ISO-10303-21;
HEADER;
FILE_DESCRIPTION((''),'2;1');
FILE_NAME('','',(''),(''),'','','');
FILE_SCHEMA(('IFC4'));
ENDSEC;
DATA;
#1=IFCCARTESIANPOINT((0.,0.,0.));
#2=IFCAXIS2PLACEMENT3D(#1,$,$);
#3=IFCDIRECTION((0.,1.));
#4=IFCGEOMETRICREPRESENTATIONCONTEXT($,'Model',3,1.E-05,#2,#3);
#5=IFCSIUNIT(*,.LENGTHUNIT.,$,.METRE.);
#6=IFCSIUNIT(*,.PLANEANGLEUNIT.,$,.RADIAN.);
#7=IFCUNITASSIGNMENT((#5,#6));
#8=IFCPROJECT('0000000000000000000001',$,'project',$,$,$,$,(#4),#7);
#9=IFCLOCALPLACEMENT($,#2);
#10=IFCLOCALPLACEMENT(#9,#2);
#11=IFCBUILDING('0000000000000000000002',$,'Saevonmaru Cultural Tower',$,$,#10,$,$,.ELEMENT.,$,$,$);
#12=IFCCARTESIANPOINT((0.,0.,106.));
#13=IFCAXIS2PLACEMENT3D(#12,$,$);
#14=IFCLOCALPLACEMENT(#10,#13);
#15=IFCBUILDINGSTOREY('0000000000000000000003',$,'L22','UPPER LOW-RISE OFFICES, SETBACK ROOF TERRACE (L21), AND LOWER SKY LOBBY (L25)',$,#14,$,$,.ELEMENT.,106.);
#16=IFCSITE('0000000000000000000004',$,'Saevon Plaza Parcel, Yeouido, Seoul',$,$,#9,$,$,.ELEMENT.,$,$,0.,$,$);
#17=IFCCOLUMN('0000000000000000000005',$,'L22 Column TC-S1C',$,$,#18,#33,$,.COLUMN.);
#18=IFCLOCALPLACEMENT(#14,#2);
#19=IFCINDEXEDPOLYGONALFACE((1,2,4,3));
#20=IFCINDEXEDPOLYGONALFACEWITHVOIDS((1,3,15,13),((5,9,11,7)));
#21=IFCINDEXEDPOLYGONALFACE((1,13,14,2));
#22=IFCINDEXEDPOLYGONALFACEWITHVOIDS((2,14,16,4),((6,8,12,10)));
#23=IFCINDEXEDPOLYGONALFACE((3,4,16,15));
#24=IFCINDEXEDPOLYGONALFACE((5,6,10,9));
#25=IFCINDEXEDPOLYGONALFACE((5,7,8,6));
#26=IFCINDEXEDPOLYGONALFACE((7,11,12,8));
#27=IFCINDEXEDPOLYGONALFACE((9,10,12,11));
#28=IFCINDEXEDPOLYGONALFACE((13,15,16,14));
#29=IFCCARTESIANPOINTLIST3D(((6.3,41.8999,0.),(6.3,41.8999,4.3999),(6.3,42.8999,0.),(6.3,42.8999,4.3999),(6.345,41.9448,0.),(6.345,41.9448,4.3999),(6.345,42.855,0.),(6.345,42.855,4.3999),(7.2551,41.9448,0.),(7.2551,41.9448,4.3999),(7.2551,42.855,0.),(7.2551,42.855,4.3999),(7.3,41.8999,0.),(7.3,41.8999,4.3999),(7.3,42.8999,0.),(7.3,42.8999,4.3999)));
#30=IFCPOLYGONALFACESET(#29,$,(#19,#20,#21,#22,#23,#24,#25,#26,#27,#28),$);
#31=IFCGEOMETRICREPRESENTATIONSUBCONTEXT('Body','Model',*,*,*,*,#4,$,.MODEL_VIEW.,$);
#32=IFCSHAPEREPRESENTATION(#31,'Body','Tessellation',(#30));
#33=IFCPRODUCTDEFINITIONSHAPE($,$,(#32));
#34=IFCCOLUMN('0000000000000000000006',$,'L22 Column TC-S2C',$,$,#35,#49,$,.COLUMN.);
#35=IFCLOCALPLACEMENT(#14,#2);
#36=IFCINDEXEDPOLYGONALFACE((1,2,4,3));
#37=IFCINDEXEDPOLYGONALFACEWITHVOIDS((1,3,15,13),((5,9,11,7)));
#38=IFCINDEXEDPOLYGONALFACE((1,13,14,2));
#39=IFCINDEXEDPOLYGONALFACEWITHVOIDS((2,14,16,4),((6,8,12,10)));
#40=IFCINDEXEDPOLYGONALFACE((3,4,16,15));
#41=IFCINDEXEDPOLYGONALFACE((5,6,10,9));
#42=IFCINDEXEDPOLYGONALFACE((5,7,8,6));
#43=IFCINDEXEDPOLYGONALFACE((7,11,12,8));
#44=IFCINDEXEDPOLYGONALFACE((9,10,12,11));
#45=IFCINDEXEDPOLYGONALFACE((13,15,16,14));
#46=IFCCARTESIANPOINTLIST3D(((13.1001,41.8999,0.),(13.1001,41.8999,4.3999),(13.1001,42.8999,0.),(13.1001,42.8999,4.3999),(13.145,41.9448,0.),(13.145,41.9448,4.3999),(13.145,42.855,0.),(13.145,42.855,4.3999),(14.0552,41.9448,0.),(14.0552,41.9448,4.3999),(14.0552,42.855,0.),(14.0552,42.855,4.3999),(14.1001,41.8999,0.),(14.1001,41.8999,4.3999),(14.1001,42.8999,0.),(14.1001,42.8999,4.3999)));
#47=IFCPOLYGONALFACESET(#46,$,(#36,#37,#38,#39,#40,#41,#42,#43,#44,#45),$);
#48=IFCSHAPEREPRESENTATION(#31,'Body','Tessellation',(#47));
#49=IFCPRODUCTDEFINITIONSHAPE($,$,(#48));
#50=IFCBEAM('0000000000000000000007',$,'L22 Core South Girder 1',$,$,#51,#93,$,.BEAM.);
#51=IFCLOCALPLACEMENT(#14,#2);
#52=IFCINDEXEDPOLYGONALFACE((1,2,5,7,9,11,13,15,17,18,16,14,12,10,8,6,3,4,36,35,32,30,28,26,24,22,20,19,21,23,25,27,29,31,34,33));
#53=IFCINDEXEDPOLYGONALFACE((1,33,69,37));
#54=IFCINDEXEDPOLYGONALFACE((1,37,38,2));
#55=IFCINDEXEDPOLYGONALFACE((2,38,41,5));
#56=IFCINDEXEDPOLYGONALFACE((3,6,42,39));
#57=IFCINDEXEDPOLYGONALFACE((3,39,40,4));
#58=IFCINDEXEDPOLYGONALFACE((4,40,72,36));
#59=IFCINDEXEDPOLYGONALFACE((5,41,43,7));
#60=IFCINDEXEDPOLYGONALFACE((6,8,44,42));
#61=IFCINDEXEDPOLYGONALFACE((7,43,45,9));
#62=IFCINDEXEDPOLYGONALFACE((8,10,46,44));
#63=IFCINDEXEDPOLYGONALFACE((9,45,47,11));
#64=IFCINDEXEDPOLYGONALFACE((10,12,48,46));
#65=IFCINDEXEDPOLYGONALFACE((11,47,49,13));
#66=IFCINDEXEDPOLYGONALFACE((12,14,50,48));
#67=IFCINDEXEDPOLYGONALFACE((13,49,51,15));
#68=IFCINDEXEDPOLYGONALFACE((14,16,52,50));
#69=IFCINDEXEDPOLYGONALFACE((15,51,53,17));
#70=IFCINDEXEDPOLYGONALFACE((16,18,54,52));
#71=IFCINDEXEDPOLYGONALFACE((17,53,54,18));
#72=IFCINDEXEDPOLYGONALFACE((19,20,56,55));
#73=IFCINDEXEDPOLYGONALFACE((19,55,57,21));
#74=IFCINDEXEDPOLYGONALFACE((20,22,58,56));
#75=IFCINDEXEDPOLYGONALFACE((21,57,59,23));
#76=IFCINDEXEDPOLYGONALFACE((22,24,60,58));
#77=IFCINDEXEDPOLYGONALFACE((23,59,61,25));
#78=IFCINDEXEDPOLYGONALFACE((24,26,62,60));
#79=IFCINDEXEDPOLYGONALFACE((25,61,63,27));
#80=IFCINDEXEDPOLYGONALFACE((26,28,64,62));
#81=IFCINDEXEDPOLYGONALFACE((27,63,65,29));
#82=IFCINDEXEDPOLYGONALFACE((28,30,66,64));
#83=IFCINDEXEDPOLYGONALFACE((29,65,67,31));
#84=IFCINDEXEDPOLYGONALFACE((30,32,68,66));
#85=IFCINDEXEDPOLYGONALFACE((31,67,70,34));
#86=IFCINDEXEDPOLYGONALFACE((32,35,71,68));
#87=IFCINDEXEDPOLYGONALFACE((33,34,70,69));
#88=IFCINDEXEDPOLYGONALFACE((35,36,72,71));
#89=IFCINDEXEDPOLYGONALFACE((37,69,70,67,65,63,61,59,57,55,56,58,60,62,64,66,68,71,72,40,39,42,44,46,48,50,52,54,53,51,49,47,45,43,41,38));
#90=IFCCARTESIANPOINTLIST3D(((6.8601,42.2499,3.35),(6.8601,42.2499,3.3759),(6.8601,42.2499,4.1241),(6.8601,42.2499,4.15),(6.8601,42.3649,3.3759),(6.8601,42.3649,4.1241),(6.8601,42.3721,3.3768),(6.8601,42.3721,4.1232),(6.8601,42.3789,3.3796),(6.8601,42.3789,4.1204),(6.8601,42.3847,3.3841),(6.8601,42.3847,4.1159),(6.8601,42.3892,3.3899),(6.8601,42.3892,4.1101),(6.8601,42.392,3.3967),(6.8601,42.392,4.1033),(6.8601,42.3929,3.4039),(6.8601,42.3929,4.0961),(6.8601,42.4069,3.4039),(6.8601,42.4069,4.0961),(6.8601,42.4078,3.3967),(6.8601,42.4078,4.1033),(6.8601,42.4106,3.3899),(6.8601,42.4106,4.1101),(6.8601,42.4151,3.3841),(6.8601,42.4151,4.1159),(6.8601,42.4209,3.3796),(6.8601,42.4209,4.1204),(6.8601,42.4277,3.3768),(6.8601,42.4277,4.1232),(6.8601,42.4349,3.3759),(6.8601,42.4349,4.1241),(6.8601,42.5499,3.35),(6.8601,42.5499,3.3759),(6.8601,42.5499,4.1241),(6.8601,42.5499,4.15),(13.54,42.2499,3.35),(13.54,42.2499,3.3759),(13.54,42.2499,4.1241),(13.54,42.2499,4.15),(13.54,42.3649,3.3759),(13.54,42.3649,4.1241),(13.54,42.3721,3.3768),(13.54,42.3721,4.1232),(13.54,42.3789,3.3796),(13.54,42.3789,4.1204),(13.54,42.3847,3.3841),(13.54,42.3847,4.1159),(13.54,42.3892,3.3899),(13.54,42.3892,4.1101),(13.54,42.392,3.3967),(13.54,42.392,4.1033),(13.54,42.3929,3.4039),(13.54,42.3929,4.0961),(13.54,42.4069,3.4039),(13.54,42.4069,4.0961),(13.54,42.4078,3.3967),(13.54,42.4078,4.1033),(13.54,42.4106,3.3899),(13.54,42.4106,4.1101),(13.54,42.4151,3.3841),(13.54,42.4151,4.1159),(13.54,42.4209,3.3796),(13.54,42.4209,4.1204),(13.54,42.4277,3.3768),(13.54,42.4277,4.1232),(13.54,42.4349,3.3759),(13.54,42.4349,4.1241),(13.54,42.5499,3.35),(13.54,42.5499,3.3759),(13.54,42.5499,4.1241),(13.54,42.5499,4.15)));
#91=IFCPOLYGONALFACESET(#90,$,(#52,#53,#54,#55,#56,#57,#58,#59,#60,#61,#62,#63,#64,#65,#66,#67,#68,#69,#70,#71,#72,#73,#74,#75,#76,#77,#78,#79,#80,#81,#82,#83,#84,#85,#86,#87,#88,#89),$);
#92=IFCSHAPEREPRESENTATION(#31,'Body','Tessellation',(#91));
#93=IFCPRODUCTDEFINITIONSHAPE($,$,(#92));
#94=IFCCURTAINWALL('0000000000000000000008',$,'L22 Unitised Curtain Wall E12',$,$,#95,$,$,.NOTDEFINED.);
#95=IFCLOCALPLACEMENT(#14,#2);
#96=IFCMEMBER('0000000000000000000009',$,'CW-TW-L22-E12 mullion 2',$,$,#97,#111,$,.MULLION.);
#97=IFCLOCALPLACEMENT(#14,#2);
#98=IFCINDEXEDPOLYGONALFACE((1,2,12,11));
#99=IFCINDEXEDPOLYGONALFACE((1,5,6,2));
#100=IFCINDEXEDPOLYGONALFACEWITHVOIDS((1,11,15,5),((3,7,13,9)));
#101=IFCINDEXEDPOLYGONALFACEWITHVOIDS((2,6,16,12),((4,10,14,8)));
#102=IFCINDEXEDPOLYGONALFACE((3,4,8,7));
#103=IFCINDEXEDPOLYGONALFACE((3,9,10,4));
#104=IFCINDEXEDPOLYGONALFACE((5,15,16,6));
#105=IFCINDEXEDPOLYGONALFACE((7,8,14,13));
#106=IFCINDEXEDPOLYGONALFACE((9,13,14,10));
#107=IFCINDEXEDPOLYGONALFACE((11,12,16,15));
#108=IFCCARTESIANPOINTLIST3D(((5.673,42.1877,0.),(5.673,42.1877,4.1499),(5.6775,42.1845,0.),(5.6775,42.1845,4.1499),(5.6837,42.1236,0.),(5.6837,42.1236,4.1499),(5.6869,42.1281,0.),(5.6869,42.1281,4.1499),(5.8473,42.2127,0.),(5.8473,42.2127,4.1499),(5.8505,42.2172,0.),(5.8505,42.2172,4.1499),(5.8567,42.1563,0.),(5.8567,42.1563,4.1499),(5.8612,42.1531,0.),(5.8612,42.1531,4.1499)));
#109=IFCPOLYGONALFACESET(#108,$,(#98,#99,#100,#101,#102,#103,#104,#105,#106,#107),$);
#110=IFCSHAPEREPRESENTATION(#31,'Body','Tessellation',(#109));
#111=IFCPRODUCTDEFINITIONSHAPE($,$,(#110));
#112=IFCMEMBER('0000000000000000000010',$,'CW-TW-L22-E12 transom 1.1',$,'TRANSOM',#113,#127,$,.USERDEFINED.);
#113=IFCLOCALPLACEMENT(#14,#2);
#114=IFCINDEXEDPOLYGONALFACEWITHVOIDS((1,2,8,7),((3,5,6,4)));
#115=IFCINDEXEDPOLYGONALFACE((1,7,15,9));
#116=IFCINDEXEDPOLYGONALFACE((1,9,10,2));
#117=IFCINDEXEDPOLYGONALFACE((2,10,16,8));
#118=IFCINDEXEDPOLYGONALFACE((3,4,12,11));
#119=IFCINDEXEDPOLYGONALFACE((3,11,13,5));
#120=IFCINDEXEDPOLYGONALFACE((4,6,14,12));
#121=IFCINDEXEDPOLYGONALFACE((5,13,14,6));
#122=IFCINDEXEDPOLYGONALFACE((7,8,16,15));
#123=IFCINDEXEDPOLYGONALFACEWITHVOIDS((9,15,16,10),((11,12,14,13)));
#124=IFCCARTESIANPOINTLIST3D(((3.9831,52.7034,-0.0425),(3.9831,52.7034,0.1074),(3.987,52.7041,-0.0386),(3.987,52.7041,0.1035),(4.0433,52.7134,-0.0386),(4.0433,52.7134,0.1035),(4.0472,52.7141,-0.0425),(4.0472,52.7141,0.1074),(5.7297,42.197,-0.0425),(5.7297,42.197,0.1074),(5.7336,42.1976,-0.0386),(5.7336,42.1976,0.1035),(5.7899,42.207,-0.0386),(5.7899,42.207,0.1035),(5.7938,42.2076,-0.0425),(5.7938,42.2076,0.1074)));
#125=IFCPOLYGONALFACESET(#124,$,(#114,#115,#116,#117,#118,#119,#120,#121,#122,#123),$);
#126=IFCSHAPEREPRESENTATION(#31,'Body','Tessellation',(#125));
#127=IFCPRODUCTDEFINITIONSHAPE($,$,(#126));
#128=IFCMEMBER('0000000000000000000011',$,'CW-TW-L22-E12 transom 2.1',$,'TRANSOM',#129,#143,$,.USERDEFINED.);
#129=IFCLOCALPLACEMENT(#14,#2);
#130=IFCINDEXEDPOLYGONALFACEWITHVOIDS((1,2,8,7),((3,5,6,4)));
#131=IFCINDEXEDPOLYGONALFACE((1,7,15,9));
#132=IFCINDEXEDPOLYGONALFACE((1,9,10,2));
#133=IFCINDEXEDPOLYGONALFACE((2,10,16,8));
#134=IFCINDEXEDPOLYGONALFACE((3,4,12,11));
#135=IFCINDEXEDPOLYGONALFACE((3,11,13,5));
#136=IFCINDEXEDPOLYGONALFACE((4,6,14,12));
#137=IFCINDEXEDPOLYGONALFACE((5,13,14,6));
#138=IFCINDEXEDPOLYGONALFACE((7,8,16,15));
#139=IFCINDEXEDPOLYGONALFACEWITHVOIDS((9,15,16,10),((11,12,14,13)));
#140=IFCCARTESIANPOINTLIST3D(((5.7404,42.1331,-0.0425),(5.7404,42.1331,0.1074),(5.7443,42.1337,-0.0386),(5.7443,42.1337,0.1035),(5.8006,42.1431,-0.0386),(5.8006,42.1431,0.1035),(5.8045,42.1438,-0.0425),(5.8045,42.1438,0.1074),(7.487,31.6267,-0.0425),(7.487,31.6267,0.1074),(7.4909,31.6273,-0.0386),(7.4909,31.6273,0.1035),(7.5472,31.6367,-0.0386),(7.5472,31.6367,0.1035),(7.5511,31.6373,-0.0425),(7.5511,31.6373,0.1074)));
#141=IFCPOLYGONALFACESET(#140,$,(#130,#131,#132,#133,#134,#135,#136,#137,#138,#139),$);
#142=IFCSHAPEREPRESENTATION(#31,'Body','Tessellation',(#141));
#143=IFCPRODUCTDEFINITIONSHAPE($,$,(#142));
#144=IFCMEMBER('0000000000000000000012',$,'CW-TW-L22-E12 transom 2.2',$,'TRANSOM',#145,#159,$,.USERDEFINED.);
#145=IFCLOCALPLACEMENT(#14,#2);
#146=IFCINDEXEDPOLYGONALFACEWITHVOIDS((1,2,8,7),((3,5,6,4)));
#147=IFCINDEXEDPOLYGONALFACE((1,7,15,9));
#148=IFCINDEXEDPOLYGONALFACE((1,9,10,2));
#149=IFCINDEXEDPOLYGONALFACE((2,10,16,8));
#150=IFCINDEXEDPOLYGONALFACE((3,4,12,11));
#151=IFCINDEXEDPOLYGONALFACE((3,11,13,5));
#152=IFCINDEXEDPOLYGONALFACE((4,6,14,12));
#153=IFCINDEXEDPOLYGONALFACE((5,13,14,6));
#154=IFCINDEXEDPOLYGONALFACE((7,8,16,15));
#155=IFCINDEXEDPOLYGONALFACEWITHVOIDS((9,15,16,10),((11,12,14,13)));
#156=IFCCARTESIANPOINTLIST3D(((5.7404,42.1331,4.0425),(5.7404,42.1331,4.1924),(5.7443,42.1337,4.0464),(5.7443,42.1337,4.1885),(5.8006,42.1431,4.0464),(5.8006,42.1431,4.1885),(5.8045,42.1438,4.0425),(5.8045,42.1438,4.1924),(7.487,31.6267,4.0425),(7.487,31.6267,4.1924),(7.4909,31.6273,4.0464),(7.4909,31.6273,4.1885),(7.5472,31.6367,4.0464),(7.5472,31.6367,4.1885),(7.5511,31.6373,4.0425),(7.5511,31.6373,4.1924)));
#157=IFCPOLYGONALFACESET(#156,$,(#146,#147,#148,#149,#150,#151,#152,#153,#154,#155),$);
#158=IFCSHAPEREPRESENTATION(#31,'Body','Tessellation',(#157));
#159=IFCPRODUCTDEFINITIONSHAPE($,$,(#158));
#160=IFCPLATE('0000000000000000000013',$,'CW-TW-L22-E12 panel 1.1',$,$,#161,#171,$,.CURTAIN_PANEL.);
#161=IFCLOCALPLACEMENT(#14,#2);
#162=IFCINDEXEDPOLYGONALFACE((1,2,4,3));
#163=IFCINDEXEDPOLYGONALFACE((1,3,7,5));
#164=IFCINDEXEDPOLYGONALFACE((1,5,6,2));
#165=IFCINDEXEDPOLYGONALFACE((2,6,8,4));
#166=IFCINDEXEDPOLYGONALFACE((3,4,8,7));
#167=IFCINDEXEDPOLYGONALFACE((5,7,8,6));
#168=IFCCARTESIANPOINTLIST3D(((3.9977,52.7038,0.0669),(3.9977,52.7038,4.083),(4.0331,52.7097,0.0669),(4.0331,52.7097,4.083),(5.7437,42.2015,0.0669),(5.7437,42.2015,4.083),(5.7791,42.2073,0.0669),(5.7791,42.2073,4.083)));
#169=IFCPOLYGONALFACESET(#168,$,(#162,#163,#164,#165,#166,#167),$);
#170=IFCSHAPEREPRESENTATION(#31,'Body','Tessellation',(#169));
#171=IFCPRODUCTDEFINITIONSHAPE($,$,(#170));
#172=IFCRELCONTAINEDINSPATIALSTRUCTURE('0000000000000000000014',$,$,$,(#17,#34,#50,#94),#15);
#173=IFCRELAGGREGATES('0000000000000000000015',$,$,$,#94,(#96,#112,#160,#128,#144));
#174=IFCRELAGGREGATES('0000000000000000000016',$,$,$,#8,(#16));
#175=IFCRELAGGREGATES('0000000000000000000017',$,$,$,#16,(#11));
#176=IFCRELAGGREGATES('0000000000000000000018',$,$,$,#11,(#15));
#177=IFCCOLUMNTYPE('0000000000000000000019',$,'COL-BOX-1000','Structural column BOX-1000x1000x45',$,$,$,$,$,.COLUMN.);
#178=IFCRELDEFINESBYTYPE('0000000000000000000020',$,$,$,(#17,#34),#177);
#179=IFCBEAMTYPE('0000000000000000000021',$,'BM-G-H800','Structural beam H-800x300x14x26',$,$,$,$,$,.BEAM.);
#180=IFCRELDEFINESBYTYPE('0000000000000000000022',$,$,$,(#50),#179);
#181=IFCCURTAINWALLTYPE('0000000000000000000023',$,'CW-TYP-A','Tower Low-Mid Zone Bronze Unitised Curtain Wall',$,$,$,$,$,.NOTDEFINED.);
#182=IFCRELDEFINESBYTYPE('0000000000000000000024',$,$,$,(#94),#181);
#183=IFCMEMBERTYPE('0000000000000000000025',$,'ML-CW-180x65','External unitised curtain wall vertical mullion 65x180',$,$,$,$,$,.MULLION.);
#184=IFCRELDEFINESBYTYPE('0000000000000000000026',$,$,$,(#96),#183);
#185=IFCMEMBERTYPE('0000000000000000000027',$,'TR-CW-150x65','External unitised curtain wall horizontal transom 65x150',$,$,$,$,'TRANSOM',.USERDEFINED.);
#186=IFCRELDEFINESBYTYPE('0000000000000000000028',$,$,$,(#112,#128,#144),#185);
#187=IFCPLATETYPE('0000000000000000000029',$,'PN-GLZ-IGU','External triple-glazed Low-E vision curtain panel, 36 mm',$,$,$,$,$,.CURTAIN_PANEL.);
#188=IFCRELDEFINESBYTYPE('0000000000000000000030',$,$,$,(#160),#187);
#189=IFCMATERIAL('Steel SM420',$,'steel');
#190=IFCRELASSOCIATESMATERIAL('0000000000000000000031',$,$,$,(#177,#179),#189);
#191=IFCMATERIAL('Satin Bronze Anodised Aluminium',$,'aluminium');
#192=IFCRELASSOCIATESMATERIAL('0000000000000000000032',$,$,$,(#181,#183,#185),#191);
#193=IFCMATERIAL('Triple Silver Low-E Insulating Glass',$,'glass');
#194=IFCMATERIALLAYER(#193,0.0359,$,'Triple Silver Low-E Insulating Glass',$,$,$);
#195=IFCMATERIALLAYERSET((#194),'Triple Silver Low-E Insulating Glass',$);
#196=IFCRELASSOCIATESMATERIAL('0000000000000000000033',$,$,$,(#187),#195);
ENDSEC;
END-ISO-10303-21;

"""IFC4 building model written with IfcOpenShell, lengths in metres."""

from ifc_helpers import new_model, si_unit, direction, frame, origin, origin_2d, place, context, subcontext, project, spatial, rectangle, hollow_rectangle, i_section, extrude, material, layer, layer_set, material_profile, profile_set, type_object, element, aggregate, save


model = new_model("IFC4")

# Units and contexts
model_context = context("Model", 3, precision=1e-05, world=origin(), true_north=direction((0.0, 1.0)))
body_context = subcontext(model_context, "Body", "Model", "MODEL_VIEW")
ifc_project = project(units=[si_unit("LENGTHUNIT", "METRE"), si_unit("PLANEANGLEUNIT", "RADIAN")], contexts=[model_context])

# Site, building, storey
site_placement = place(None, origin())
site = spatial("IfcSite", under=ifc_project, at=site_placement, Name="Saevon Plaza Parcel, Yeouido, Seoul", CompositionType="ELEMENT", RefElevation=0.0)
building_placement = place(site_placement, origin())
building = spatial("IfcBuilding", under=site, at=building_placement, Name="Saevonmaru Cultural Tower", CompositionType="ELEMENT")
storey_placement = place(building_placement, frame((0.0, 0.0, 106.0)))
storey = spatial("IfcBuildingStorey", under=building, at=storey_placement, Name="L22", Description="UPPER LOW-RISE OFFICES, SETBACK ROOF TERRACE (L21), AND LOWER SKY LOBBY (L25)", CompositionType="ELEMENT", Elevation=106.0)

# Columns
ifc_material_1 = material(Name="Steel SM420", Category="steel")
ifc_material_profile_1 = material_profile(ifc_material_1, hollow_rectangle(XDim=1.0, YDim=1.0, WallThickness=0.0449, at=origin_2d()), Name="BOX-1000x1000x45")
ifc_profile_set_1 = profile_set([ifc_material_profile_1], Name="Steel SM420")
column_type = type_object("IfcColumnType", Name="COL-BOX-1000", Description="Structural column BOX-1000x1000x45", PredefinedType="COLUMN", material=ifc_profile_set_1)
for number, where, z_axis, x_axis, name in (
    (1, (6.8, 42.3999, 0.0), (0.0, 0.0, 1.0), (1.0, 0.0, 0.0), "L22 Column TC-S1C"),
    (2, (13.6001, 42.3999, 0.0), (0.0, 0.0, 1.0), (1.0, 0.0, 0.0), "L22 Column TC-S2C"),
):
    element("IfcColumn", number, at=place(storey_placement, frame(where, z_axis=z_axis, x_axis=x_axis)), inside=storey, type_object=column_type, Name=name, PredefinedType="COLUMN", context=body_context, shape_type="SweptSolid", body=[
        extrude(hollow_rectangle(XDim=1.0, YDim=1.0, WallThickness=0.0449, at=origin_2d()), origin(), (0.0, 0.0, 1.0), 4.3999),
    ])

# Beam
ifc_material_profile_2 = material_profile(ifc_material_1, i_section(OverallWidth=0.3, OverallDepth=0.8, WebThickness=0.0139, FlangeThickness=0.0259, FilletRadius=0.0281, at=origin_2d()), Name="H-800x300x14x26")
ifc_profile_set_2 = profile_set([ifc_material_profile_2], Name="Steel SM420")
beam_type = type_object("IfcBeamType", Name="BM-G-H800", Description="Structural beam H-800x300x14x26", PredefinedType="BEAM", material=ifc_profile_set_2)
beam_placement = place(storey_placement, frame((6.8601, 42.3999, 3.75), z_axis=(1.0, 0.0, 0.0), x_axis=(0.0, 1.0, 0.0)))
element("IfcBeam", 3, at=beam_placement, inside=storey, type_object=beam_type, Name="L22 Core South Girder 1", PredefinedType="BEAM", context=body_context, shape_type="SweptSolid", body=[
    extrude(i_section(OverallWidth=0.3, OverallDepth=0.8, WebThickness=0.0139, FlangeThickness=0.0259, FilletRadius=0.0281, at=origin_2d()), origin(), (0.0, 0.0, 1.0), 6.6799),
])

# Curtain wall, members, plate
ifc_material_2 = material(Name="Satin Bronze Anodised Aluminium", Category="aluminium")
curtain_wall_type = type_object("IfcCurtainWallType", Name="CW-TYP-A", Description="Tower Low-Mid Zone Bronze Unitised Curtain Wall", PredefinedType="NOTDEFINED", material=ifc_material_2)
curtain_wall_placement = place(storey_placement, origin())
curtain_wall = element("IfcCurtainWall", 4, at=curtain_wall_placement, inside=storey, type_object=curtain_wall_type, Name="L22 Unitised Curtain Wall E12", PredefinedType="NOTDEFINED")
ifc_material_profile_3 = material_profile(ifc_material_2, hollow_rectangle(XDim=0.0649, YDim=0.1799, WallThickness=0.0039, at=origin_2d()), Name="ALU-MULL-180x65x4")
ifc_profile_set_3 = profile_set([ifc_material_profile_3], Name="Satin Bronze Anodised Aluminium")
member_type_1 = type_object("IfcMemberType", Name="ML-CW-180x65", Description="External unitised curtain wall vertical mullion 65x180", PredefinedType="MULLION", material=ifc_profile_set_3)
member_1_placement = place(storey_placement, frame((5.7671, 42.1704, 0.0), z_axis=(0.0, 0.0, 1.0), x_axis=(0.163999, -0.986461, 0.0)))
member_1 = element("IfcMember", 5, at=member_1_placement, type_object=member_type_1, Name="CW-TW-L22-E12 mullion 2", PredefinedType="MULLION", context=body_context, shape_type="SweptSolid", body=[
    extrude(hollow_rectangle(XDim=0.0649, YDim=0.1799, WallThickness=0.0039, at=origin_2d()), origin(), (0.0, 0.0, 1.0), 4.1499),
])
ifc_material_profile_4 = material_profile(ifc_material_2, hollow_rectangle(XDim=0.0649, YDim=0.1499, WallThickness=0.0039, at=origin_2d()), Name="ALU-TRAN-150x65x4")
ifc_profile_set_4 = profile_set([ifc_material_profile_4], Name="Satin Bronze Anodised Aluminium")
member_type_2 = type_object("IfcMemberType", Name="TR-CW-150x65", Description="External unitised curtain wall horizontal transom 65x150", ElementType="TRANSOM", PredefinedType="USERDEFINED", material=ifc_profile_set_4)
member_2_placement = place(storey_placement, frame((4.0151, 52.7087, 0.0325), z_axis=(0.16399, -0.986462, 0.0), x_axis=(0.986462, 0.16399, 0.0)))
member_2 = element("IfcMember", 6, at=member_2_placement, type_object=member_type_2, Name="CW-TW-L22-E12 transom 1.1", ObjectType="TRANSOM", PredefinedType="USERDEFINED", context=body_context, shape_type="SweptSolid", body=[
    extrude(hollow_rectangle(XDim=0.0649, YDim=0.1499, WallThickness=0.0039, at=origin_2d()), origin(), (0.0, 0.0, 1.0), 10.6506),
])
member_3_placement = place(storey_placement, frame((5.7725, 42.1384, 0.0325), z_axis=(0.16399, -0.986462, 0.0), x_axis=(0.986462, 0.16399, 0.0)))
member_3 = element("IfcMember", 7, at=member_3_placement, type_object=member_type_2, Name="CW-TW-L22-E12 transom 2.1", ObjectType="TRANSOM", PredefinedType="USERDEFINED", context=body_context, shape_type="SweptSolid", body=[
    extrude(hollow_rectangle(XDim=0.0649, YDim=0.1499, WallThickness=0.0039, at=origin_2d()), origin(), (0.0, 0.0, 1.0), 10.6506),
])
member_4_placement = place(storey_placement, frame((5.7725, 42.1384, 4.1174), z_axis=(0.16399, -0.986462, 0.0), x_axis=(0.986462, 0.16399, 0.0)))
member_4 = element("IfcMember", 8, at=member_4_placement, type_object=member_type_2, Name="CW-TW-L22-E12 transom 2.2", ObjectType="TRANSOM", PredefinedType="USERDEFINED", context=body_context, shape_type="SweptSolid", body=[
    extrude(hollow_rectangle(XDim=0.0649, YDim=0.1499, WallThickness=0.0039, at=origin_2d()), origin(), (0.0, 0.0, 1.0), 10.6506),
])
ifc_material_3 = material(Name="Triple Silver Low-E Insulating Glass", Category="glass")
ifc_layer_1 = layer(ifc_material_3, 0.0359, Name="Triple Silver Low-E Insulating Glass")
ifc_layer_set_1 = layer_set([ifc_layer_1], Name="Triple Silver Low-E Insulating Glass")
plate_type = type_object("IfcPlateType", Name="PN-GLZ-IGU", Description="External triple-glazed Low-E vision curtain panel, 36 mm", PredefinedType="CURTAIN_PANEL", material=ifc_layer_set_1)
plate_placement = place(storey_placement, frame((4.8884, 47.4556, 0.0669), z_axis=(0.0, 0.0, 1.0), x_axis=(0.163999, -0.986461, 0.0)))
plate = element("IfcPlate", 9, at=plate_placement, type_object=plate_type, Name="CW-TW-L22-E12 panel 1.1", PredefinedType="CURTAIN_PANEL", context=body_context, shape_type="SweptSolid", body=[
    extrude(rectangle(XDim=10.6465, YDim=0.0359, at=origin_2d()), origin(), (0.0, 0.0, 1.0), 4.0161),
])
aggregate(curtain_wall, [member_1, member_2, plate, member_3, member_4])

save(model, "model.ifc")
